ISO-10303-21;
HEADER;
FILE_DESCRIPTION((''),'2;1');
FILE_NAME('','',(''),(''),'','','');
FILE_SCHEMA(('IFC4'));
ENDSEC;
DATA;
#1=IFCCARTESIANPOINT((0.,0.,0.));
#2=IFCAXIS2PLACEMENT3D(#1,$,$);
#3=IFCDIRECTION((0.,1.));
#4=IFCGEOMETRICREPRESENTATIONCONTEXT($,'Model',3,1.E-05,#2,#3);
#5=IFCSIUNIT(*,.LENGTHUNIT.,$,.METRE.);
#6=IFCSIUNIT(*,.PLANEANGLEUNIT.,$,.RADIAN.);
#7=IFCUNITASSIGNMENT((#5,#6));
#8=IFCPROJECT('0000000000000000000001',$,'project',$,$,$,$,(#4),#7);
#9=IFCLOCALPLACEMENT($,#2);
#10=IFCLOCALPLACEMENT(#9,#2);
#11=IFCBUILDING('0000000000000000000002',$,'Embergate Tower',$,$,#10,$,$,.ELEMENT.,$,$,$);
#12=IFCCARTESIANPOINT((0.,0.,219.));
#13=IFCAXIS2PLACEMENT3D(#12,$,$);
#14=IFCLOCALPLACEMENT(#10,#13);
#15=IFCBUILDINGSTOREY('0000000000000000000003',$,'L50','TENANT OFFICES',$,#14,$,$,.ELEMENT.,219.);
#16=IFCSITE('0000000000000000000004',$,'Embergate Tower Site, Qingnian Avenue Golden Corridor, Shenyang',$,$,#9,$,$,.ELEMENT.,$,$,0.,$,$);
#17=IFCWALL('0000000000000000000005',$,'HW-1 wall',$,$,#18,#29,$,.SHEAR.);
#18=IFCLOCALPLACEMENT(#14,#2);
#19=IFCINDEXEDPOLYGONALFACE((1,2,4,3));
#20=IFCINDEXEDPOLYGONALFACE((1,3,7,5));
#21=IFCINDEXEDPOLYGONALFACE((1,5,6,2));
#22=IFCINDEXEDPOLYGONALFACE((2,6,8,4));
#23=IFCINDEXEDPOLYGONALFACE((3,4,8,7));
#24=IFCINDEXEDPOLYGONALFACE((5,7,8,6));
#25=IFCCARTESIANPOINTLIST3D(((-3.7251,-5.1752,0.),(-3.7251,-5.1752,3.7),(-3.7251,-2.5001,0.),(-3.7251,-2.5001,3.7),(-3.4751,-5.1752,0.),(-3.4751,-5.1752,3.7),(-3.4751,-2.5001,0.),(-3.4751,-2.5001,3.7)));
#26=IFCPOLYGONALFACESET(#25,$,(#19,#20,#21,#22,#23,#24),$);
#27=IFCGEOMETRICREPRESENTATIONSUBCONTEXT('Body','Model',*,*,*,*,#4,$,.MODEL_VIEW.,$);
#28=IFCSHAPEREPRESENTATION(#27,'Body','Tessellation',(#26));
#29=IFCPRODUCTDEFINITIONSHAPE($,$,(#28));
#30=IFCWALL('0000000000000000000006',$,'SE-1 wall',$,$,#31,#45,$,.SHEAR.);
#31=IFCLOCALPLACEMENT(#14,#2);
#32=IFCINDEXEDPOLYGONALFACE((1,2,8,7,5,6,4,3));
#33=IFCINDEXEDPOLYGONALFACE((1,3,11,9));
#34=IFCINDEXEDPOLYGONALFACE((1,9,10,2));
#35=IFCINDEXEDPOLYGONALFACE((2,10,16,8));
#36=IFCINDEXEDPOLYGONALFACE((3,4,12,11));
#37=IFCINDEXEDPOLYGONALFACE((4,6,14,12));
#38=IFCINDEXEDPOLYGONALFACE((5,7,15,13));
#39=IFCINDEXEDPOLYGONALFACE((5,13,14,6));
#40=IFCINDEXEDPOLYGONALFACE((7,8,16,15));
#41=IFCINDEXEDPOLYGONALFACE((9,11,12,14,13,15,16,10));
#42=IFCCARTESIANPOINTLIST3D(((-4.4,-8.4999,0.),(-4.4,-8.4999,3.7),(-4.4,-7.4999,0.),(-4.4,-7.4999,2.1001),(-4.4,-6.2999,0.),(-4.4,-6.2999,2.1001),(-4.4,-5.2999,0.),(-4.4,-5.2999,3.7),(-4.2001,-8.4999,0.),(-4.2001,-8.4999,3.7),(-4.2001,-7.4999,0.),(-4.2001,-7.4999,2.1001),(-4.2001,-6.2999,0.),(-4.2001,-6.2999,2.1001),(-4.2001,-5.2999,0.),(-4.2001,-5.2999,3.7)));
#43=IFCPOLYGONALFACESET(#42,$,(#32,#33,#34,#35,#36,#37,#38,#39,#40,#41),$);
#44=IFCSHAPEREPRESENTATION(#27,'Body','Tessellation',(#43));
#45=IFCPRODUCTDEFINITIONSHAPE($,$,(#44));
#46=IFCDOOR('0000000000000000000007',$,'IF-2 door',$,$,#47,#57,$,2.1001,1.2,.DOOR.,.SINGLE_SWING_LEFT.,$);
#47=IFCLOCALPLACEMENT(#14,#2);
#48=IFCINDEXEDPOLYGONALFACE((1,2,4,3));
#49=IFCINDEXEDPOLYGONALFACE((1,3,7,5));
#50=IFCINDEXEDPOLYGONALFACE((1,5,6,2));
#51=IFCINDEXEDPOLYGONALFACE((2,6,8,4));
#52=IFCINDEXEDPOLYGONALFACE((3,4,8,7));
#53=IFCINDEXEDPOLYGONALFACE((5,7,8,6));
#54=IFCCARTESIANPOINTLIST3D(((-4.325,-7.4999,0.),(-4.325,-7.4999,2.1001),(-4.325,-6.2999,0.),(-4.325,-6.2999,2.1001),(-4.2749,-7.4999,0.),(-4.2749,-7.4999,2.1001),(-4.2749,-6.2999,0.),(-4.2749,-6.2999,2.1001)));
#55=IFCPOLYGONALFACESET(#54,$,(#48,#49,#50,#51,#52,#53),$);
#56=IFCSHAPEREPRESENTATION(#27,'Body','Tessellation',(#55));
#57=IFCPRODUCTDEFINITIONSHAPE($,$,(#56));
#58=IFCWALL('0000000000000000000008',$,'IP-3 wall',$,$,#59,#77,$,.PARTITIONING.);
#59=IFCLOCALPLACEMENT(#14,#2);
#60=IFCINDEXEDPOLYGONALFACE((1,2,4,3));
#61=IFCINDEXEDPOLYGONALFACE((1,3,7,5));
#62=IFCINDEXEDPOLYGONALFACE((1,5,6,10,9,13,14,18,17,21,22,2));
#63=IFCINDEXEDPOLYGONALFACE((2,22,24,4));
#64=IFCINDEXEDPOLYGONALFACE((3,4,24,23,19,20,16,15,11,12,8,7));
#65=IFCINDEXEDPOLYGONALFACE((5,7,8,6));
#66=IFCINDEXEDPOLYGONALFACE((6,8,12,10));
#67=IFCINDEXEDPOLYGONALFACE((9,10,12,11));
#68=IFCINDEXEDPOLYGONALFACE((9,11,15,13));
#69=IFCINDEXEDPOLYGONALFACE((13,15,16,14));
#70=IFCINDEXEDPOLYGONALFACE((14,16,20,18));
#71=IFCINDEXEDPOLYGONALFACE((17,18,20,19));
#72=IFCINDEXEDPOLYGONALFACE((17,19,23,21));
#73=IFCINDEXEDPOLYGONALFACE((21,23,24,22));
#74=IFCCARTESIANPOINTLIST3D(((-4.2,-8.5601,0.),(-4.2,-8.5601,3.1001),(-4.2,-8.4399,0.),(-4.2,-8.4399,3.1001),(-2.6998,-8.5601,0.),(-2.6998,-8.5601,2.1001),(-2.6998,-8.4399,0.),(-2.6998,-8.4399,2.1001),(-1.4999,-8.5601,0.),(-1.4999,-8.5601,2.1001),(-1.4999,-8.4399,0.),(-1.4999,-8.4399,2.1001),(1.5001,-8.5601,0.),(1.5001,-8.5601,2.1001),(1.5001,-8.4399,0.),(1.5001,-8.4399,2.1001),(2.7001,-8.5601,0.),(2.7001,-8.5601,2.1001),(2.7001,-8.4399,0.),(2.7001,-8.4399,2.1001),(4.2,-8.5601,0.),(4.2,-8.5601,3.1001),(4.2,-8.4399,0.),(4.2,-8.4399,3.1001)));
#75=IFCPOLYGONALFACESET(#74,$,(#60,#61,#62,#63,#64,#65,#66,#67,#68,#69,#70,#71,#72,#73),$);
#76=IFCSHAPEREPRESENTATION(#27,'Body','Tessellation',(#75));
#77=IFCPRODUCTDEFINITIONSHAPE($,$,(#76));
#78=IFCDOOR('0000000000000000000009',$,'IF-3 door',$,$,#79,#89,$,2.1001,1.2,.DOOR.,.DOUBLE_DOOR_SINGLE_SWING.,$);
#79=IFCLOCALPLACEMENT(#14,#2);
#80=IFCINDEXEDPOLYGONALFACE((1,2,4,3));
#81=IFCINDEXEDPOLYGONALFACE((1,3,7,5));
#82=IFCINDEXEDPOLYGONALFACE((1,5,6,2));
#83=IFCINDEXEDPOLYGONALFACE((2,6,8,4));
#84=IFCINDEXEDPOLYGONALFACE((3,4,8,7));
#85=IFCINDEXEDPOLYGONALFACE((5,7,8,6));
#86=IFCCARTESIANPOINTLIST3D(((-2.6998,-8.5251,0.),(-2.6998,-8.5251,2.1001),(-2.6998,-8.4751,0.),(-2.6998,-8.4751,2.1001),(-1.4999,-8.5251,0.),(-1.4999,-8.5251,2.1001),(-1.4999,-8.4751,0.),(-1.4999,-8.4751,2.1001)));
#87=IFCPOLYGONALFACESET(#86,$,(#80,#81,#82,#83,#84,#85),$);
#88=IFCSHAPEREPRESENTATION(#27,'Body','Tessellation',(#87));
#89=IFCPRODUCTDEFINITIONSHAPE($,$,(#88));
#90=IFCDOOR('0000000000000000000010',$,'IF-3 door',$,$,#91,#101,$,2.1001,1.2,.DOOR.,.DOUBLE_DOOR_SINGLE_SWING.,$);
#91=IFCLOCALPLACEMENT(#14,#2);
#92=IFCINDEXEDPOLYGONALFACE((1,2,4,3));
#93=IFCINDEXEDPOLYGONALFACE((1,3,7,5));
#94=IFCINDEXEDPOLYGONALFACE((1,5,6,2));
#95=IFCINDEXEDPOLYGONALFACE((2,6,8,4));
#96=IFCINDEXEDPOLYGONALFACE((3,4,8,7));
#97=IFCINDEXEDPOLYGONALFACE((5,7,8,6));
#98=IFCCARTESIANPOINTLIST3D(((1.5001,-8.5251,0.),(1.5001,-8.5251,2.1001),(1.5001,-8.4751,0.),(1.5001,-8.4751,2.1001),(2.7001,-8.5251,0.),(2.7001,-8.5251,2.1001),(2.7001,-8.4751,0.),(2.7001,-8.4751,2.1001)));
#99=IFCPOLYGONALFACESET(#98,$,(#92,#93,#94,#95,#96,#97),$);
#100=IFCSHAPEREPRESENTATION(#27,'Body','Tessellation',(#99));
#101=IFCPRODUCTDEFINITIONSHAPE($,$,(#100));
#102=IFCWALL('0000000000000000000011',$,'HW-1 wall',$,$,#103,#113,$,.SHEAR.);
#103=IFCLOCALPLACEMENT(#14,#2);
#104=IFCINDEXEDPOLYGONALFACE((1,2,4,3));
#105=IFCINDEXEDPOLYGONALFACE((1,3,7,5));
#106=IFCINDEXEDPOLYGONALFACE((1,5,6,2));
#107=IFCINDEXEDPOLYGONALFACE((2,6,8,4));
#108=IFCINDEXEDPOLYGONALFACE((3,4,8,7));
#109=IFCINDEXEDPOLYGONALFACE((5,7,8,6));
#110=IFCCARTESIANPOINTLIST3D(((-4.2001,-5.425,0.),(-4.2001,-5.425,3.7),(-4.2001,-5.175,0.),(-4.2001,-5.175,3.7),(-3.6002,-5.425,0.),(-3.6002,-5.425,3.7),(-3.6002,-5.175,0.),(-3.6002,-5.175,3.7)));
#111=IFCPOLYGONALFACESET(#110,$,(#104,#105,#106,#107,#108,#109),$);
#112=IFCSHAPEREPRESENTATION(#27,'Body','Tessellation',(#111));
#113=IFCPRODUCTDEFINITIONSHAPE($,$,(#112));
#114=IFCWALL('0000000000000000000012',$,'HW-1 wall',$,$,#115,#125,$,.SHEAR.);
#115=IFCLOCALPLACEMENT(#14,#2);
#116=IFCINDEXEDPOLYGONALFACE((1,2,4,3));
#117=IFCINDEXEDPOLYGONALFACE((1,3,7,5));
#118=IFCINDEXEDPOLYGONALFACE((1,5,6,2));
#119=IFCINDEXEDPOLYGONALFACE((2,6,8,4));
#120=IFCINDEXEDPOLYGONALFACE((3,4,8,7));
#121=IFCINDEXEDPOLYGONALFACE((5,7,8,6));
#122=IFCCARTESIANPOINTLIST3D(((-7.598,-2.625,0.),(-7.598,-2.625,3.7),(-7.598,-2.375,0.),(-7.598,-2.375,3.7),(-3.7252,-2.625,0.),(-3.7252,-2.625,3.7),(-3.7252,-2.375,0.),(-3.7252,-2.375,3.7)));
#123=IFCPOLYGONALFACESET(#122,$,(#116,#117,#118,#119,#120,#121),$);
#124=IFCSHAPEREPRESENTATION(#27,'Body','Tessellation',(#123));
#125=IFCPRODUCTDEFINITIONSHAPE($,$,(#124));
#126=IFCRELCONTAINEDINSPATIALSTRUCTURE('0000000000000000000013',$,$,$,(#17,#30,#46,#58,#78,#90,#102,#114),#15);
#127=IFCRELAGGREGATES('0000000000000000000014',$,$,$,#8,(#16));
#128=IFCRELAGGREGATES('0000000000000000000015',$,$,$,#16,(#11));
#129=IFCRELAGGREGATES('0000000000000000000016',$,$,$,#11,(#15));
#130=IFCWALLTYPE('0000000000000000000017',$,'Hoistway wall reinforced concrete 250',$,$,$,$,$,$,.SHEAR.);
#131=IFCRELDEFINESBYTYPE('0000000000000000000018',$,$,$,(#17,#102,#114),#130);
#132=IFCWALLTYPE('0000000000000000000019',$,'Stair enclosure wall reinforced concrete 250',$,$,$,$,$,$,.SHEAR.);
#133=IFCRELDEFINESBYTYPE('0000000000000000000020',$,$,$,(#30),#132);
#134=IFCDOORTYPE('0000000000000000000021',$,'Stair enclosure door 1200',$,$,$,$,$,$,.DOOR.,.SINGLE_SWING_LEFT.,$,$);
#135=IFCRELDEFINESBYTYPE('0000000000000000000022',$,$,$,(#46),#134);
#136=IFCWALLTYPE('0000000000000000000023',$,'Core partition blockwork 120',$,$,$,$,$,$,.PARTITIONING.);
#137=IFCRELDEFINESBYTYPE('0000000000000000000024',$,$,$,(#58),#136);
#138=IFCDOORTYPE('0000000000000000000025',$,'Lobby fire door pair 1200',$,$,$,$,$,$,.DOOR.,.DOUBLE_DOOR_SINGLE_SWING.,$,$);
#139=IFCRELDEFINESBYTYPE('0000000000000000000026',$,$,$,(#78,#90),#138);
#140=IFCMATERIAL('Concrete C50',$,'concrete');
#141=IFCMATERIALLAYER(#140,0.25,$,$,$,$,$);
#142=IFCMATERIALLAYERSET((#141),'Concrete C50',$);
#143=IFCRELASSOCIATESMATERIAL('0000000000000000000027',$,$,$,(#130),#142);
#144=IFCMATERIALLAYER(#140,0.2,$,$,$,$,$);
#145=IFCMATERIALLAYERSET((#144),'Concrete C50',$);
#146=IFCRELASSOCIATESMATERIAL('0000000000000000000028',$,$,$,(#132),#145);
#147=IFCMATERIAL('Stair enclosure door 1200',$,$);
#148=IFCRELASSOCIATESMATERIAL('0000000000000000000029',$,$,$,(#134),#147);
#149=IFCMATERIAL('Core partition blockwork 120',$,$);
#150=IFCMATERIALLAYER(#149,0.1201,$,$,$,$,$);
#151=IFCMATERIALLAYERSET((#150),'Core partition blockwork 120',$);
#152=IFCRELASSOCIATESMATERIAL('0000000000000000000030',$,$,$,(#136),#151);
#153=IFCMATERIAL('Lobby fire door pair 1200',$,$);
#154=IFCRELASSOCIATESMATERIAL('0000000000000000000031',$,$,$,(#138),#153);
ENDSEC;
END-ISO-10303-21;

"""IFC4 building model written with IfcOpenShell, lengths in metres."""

from ifc_helpers import new_model, si_unit, direction, frame, frame_2d, origin, place, context, subcontext, project, spatial, rectangle, extrude, source, transform, mapped, material, layer, layer_set, type_object, element, fill, save


model = new_model("IFC4")

# Units and contexts
model_context = context("Model", 3, precision=1e-05, world=origin(), true_north=direction((0.0, 1.0)))
body_context = subcontext(model_context, "Body", "Model", "MODEL_VIEW")
ifc_project = project(units=[si_unit("LENGTHUNIT", "METRE"), si_unit("PLANEANGLEUNIT", "RADIAN")], contexts=[model_context])

# Site, building, storey
site_placement = place(None, origin())
site = spatial("IfcSite", under=ifc_project, at=site_placement, Name="Embergate Tower Site, Qingnian Avenue Golden Corridor, Shenyang", CompositionType="ELEMENT", RefElevation=0.0)
building_placement = place(site_placement, origin())
building = spatial("IfcBuilding", under=site, at=building_placement, Name="Embergate Tower", CompositionType="ELEMENT")
storey_placement = place(building_placement, frame((0.0, 0.0, 219.0)))
storey = spatial("IfcBuildingStorey", under=building, at=storey_placement, Name="L50", Description="TENANT OFFICES", CompositionType="ELEMENT", Elevation=219.0)

# Wall
ifc_material_1 = material(Name="Concrete C50", Category="concrete")
ifc_layer_1 = layer(ifc_material_1, 0.25)
ifc_layer_set_1 = layer_set([ifc_layer_1], Name="Concrete C50")
wall_type_1 = type_object("IfcWallType", Name="Hoistway wall reinforced concrete 250", PredefinedType="SHEAR", material=ifc_layer_set_1)
shared_shape_1 = source(origin(), body_context, "Body", "SweptSolid", [
    extrude(rectangle(XDim=2.675, YDim=0.25, at=frame_2d((1.3374, 0.0))), origin(), (0.0, 0.0, 1.0), 3.7),
])
wall_1_placement = place(storey_placement, frame((-3.6001, -5.175, 0.0), z_axis=(0.0, 0.0, 1.0), x_axis=(0.0, 1.0, 0.0)))
element("IfcWall", 1, at=wall_1_placement, inside=storey, type_object=wall_type_1, Name="HW-1 wall", PredefinedType="SHEAR", context=body_context, shape_type="MappedRepresentation", body=[
    mapped(shared_shape_1, transform((0.0, 0.0, 0.0))),
])

# Wall, opening, door
ifc_layer_2 = layer(ifc_material_1, 0.2)
ifc_layer_set_2 = layer_set([ifc_layer_2], Name="Concrete C50")
wall_type_2 = type_object("IfcWallType", Name="Stair enclosure wall reinforced concrete 250", PredefinedType="SHEAR", material=ifc_layer_set_2)
shared_shape_2 = source(origin(), body_context, "Body", "SweptSolid", [
    extrude(rectangle(XDim=3.2, YDim=0.2, at=frame_2d((1.6001, 0.0))), origin(), (0.0, 0.0, 1.0), 3.7),
])
wall_2_placement = place(storey_placement, frame((-4.3, -8.5, 0.0), z_axis=(0.0, 0.0, 1.0), x_axis=(0.0, 1.0, 0.0)))
wall_2 = element("IfcWall", 2, at=wall_2_placement, inside=storey, type_object=wall_type_2, Name="SE-1 wall", PredefinedType="SHEAR", context=body_context, shape_type="MappedRepresentation", body=[
    mapped(shared_shape_2, transform((0.0, 0.0, 0.0))),
])
shared_shape_3 = source(origin(), body_context, "Body", "SweptSolid", [
    extrude(rectangle(XDim=1.2, YDim=2.1001, at=frame_2d((0.6001, 1.05))), frame((0.0, 0.1099, 0.0), z_axis=(0.0, -1.0, 0.0), x_axis=(1.0, 0.0, 0.0)), (0.0, 0.0, 1.0), 0.22),
])
opening_1_placement = place(wall_2_placement, frame((1.0, 0.0, 0.0)))
opening_1 = element("IfcOpeningElement", 3, at=opening_1_placement, cuts=wall_2, PredefinedType="OPENING", context=body_context, shape_type="MappedRepresentation", body=[
    mapped(shared_shape_3, transform((0.0, 0.0, 0.0))),
])
ifc_material_2 = material(Name="Stair enclosure door 1200")
door_type_1 = type_object("IfcDoorType", Name="Stair enclosure door 1200", OperationType="SINGLE_SWING_LEFT", PredefinedType="DOOR", material=ifc_material_2)
shared_shape_4 = source(origin(), body_context, "Body", "SweptSolid", [
    extrude(rectangle(XDim=1.2, YDim=2.1001, at=frame_2d((0.6001, 1.05))), frame((0.0, 0.0249, 0.0), z_axis=(0.0, -1.0, 0.0), x_axis=(1.0, 0.0, 0.0)), (0.0, 0.0, 1.0), 0.05),
])
door_1_placement = place(opening_1_placement, origin())
door_1 = element("IfcDoor", 4, at=door_1_placement, inside=storey, type_object=door_type_1, Name="IF-2 door", OperationType="SINGLE_SWING_LEFT", OverallHeight=2.1001, OverallWidth=1.2, PredefinedType="DOOR", context=body_context, shape_type="MappedRepresentation", body=[
    mapped(shared_shape_4, transform((0.0, 0.0, 0.0))),
])
fill(opening_1, door_1)

# Wall, openings, doors
ifc_material_3 = material(Name="Core partition blockwork 120")
ifc_layer_3 = layer(ifc_material_3, 0.1201)
ifc_layer_set_3 = layer_set([ifc_layer_3], Name="Core partition blockwork 120")
wall_type_3 = type_object("IfcWallType", Name="Core partition blockwork 120", PredefinedType="PARTITIONING", material=ifc_layer_set_3)
shared_shape_5 = source(origin(), body_context, "Body", "SweptSolid", [
    extrude(rectangle(XDim=8.3999, YDim=0.1201, at=frame_2d((4.2, 0.0))), origin(), (0.0, 0.0, 1.0), 3.1001),
])
wall_3_placement = place(storey_placement, frame((-4.2, -8.5, 0.0), z_axis=(0.0, 0.0, 1.0), x_axis=(1.0, 0.0, 0.0)))
wall_3 = element("IfcWall", 5, at=wall_3_placement, inside=storey, type_object=wall_type_3, Name="IP-3 wall", PredefinedType="PARTITIONING", context=body_context, shape_type="MappedRepresentation", body=[
    mapped(shared_shape_5, transform((0.0, 0.0, 0.0))),
])
shared_shape_6 = source(origin(), body_context, "Body", "SweptSolid", [
    extrude(rectangle(XDim=1.2, YDim=2.1001, at=frame_2d((0.6001, 1.05))), frame((0.0, 0.0701, 0.0), z_axis=(0.0, -1.0, 0.0), x_axis=(1.0, 0.0, 0.0)), (0.0, 0.0, 1.0), 0.1401),
])
opening_2_placement = place(wall_3_placement, frame((1.5, 0.0, 0.0)))
opening_2 = element("IfcOpeningElement", 6, at=opening_2_placement, cuts=wall_3, PredefinedType="OPENING", context=body_context, shape_type="MappedRepresentation", body=[
    mapped(shared_shape_6, transform((0.0, 0.0, 0.0))),
])
opening_3_placement = place(wall_3_placement, frame((5.7, 0.0, 0.0)))
opening_3 = element("IfcOpeningElement", 7, at=opening_3_placement, cuts=wall_3, PredefinedType="OPENING", context=body_context, shape_type="MappedRepresentation", body=[
    mapped(shared_shape_6, transform((0.0, 0.0, 0.0))),
])
ifc_material_4 = material(Name="Lobby fire door pair 1200")
door_type_2 = type_object("IfcDoorType", Name="Lobby fire door pair 1200", OperationType="DOUBLE_DOOR_SINGLE_SWING", PredefinedType="DOOR", material=ifc_material_4)
door_2_placement = place(opening_2_placement, origin())
door_2 = element("IfcDoor", 8, at=door_2_placement, inside=storey, type_object=door_type_2, Name="IF-3 door", OperationType="DOUBLE_DOOR_SINGLE_SWING", OverallHeight=2.1001, OverallWidth=1.2, PredefinedType="DOOR", context=body_context, shape_type="MappedRepresentation", body=[
    mapped(shared_shape_4, transform((0.0, 0.0, 0.0))),
])
fill(opening_2, door_2)
door_3_placement = place(opening_3_placement, origin())
door_3 = element("IfcDoor", 9, at=door_3_placement, inside=storey, type_object=door_type_2, Name="IF-3 door", OperationType="DOUBLE_DOOR_SINGLE_SWING", OverallHeight=2.1001, OverallWidth=1.2, PredefinedType="DOOR", context=body_context, shape_type="MappedRepresentation", body=[
    mapped(shared_shape_4, transform((0.0, 0.0, 0.0))),
])
fill(opening_3, door_3)

# Walls
shared_shape_7 = source(origin(), body_context, "Body", "SweptSolid", [
    extrude(rectangle(XDim=0.5999, YDim=0.25, at=frame_2d((0.2998, 0.0))), origin(), (0.0, 0.0, 1.0), 3.7),
])
wall_4_placement = place(storey_placement, frame((-4.2, -5.3, 0.0), z_axis=(0.0, 0.0, 1.0), x_axis=(1.0, 0.0, 0.0)))
element("IfcWall", 10, at=wall_4_placement, inside=storey, type_object=wall_type_1, Name="HW-1 wall", PredefinedType="SHEAR", context=body_context, shape_type="MappedRepresentation", body=[
    mapped(shared_shape_7, transform((0.0, 0.0, 0.0))),
])
shared_shape_8 = source(origin(), body_context, "Body", "SweptSolid", [
    extrude(rectangle(XDim=3.8728, YDim=0.25, at=frame_2d((1.9365, 0.0))), origin(), (0.0, 0.0, 1.0), 3.7),
])
wall_5_placement = place(storey_placement, frame((-3.7251, -2.5, 0.0), z_axis=(0.0, 0.0, 1.0), x_axis=(-1.0, 0.0, 0.0)))
element("IfcWall", 11, at=wall_5_placement, inside=storey, type_object=wall_type_1, Name="HW-1 wall", PredefinedType="SHEAR", context=body_context, shape_type="MappedRepresentation", body=[
    mapped(shared_shape_8, transform((0.0, 0.0, 0.0))),
])

save(model, "model.ifc")
